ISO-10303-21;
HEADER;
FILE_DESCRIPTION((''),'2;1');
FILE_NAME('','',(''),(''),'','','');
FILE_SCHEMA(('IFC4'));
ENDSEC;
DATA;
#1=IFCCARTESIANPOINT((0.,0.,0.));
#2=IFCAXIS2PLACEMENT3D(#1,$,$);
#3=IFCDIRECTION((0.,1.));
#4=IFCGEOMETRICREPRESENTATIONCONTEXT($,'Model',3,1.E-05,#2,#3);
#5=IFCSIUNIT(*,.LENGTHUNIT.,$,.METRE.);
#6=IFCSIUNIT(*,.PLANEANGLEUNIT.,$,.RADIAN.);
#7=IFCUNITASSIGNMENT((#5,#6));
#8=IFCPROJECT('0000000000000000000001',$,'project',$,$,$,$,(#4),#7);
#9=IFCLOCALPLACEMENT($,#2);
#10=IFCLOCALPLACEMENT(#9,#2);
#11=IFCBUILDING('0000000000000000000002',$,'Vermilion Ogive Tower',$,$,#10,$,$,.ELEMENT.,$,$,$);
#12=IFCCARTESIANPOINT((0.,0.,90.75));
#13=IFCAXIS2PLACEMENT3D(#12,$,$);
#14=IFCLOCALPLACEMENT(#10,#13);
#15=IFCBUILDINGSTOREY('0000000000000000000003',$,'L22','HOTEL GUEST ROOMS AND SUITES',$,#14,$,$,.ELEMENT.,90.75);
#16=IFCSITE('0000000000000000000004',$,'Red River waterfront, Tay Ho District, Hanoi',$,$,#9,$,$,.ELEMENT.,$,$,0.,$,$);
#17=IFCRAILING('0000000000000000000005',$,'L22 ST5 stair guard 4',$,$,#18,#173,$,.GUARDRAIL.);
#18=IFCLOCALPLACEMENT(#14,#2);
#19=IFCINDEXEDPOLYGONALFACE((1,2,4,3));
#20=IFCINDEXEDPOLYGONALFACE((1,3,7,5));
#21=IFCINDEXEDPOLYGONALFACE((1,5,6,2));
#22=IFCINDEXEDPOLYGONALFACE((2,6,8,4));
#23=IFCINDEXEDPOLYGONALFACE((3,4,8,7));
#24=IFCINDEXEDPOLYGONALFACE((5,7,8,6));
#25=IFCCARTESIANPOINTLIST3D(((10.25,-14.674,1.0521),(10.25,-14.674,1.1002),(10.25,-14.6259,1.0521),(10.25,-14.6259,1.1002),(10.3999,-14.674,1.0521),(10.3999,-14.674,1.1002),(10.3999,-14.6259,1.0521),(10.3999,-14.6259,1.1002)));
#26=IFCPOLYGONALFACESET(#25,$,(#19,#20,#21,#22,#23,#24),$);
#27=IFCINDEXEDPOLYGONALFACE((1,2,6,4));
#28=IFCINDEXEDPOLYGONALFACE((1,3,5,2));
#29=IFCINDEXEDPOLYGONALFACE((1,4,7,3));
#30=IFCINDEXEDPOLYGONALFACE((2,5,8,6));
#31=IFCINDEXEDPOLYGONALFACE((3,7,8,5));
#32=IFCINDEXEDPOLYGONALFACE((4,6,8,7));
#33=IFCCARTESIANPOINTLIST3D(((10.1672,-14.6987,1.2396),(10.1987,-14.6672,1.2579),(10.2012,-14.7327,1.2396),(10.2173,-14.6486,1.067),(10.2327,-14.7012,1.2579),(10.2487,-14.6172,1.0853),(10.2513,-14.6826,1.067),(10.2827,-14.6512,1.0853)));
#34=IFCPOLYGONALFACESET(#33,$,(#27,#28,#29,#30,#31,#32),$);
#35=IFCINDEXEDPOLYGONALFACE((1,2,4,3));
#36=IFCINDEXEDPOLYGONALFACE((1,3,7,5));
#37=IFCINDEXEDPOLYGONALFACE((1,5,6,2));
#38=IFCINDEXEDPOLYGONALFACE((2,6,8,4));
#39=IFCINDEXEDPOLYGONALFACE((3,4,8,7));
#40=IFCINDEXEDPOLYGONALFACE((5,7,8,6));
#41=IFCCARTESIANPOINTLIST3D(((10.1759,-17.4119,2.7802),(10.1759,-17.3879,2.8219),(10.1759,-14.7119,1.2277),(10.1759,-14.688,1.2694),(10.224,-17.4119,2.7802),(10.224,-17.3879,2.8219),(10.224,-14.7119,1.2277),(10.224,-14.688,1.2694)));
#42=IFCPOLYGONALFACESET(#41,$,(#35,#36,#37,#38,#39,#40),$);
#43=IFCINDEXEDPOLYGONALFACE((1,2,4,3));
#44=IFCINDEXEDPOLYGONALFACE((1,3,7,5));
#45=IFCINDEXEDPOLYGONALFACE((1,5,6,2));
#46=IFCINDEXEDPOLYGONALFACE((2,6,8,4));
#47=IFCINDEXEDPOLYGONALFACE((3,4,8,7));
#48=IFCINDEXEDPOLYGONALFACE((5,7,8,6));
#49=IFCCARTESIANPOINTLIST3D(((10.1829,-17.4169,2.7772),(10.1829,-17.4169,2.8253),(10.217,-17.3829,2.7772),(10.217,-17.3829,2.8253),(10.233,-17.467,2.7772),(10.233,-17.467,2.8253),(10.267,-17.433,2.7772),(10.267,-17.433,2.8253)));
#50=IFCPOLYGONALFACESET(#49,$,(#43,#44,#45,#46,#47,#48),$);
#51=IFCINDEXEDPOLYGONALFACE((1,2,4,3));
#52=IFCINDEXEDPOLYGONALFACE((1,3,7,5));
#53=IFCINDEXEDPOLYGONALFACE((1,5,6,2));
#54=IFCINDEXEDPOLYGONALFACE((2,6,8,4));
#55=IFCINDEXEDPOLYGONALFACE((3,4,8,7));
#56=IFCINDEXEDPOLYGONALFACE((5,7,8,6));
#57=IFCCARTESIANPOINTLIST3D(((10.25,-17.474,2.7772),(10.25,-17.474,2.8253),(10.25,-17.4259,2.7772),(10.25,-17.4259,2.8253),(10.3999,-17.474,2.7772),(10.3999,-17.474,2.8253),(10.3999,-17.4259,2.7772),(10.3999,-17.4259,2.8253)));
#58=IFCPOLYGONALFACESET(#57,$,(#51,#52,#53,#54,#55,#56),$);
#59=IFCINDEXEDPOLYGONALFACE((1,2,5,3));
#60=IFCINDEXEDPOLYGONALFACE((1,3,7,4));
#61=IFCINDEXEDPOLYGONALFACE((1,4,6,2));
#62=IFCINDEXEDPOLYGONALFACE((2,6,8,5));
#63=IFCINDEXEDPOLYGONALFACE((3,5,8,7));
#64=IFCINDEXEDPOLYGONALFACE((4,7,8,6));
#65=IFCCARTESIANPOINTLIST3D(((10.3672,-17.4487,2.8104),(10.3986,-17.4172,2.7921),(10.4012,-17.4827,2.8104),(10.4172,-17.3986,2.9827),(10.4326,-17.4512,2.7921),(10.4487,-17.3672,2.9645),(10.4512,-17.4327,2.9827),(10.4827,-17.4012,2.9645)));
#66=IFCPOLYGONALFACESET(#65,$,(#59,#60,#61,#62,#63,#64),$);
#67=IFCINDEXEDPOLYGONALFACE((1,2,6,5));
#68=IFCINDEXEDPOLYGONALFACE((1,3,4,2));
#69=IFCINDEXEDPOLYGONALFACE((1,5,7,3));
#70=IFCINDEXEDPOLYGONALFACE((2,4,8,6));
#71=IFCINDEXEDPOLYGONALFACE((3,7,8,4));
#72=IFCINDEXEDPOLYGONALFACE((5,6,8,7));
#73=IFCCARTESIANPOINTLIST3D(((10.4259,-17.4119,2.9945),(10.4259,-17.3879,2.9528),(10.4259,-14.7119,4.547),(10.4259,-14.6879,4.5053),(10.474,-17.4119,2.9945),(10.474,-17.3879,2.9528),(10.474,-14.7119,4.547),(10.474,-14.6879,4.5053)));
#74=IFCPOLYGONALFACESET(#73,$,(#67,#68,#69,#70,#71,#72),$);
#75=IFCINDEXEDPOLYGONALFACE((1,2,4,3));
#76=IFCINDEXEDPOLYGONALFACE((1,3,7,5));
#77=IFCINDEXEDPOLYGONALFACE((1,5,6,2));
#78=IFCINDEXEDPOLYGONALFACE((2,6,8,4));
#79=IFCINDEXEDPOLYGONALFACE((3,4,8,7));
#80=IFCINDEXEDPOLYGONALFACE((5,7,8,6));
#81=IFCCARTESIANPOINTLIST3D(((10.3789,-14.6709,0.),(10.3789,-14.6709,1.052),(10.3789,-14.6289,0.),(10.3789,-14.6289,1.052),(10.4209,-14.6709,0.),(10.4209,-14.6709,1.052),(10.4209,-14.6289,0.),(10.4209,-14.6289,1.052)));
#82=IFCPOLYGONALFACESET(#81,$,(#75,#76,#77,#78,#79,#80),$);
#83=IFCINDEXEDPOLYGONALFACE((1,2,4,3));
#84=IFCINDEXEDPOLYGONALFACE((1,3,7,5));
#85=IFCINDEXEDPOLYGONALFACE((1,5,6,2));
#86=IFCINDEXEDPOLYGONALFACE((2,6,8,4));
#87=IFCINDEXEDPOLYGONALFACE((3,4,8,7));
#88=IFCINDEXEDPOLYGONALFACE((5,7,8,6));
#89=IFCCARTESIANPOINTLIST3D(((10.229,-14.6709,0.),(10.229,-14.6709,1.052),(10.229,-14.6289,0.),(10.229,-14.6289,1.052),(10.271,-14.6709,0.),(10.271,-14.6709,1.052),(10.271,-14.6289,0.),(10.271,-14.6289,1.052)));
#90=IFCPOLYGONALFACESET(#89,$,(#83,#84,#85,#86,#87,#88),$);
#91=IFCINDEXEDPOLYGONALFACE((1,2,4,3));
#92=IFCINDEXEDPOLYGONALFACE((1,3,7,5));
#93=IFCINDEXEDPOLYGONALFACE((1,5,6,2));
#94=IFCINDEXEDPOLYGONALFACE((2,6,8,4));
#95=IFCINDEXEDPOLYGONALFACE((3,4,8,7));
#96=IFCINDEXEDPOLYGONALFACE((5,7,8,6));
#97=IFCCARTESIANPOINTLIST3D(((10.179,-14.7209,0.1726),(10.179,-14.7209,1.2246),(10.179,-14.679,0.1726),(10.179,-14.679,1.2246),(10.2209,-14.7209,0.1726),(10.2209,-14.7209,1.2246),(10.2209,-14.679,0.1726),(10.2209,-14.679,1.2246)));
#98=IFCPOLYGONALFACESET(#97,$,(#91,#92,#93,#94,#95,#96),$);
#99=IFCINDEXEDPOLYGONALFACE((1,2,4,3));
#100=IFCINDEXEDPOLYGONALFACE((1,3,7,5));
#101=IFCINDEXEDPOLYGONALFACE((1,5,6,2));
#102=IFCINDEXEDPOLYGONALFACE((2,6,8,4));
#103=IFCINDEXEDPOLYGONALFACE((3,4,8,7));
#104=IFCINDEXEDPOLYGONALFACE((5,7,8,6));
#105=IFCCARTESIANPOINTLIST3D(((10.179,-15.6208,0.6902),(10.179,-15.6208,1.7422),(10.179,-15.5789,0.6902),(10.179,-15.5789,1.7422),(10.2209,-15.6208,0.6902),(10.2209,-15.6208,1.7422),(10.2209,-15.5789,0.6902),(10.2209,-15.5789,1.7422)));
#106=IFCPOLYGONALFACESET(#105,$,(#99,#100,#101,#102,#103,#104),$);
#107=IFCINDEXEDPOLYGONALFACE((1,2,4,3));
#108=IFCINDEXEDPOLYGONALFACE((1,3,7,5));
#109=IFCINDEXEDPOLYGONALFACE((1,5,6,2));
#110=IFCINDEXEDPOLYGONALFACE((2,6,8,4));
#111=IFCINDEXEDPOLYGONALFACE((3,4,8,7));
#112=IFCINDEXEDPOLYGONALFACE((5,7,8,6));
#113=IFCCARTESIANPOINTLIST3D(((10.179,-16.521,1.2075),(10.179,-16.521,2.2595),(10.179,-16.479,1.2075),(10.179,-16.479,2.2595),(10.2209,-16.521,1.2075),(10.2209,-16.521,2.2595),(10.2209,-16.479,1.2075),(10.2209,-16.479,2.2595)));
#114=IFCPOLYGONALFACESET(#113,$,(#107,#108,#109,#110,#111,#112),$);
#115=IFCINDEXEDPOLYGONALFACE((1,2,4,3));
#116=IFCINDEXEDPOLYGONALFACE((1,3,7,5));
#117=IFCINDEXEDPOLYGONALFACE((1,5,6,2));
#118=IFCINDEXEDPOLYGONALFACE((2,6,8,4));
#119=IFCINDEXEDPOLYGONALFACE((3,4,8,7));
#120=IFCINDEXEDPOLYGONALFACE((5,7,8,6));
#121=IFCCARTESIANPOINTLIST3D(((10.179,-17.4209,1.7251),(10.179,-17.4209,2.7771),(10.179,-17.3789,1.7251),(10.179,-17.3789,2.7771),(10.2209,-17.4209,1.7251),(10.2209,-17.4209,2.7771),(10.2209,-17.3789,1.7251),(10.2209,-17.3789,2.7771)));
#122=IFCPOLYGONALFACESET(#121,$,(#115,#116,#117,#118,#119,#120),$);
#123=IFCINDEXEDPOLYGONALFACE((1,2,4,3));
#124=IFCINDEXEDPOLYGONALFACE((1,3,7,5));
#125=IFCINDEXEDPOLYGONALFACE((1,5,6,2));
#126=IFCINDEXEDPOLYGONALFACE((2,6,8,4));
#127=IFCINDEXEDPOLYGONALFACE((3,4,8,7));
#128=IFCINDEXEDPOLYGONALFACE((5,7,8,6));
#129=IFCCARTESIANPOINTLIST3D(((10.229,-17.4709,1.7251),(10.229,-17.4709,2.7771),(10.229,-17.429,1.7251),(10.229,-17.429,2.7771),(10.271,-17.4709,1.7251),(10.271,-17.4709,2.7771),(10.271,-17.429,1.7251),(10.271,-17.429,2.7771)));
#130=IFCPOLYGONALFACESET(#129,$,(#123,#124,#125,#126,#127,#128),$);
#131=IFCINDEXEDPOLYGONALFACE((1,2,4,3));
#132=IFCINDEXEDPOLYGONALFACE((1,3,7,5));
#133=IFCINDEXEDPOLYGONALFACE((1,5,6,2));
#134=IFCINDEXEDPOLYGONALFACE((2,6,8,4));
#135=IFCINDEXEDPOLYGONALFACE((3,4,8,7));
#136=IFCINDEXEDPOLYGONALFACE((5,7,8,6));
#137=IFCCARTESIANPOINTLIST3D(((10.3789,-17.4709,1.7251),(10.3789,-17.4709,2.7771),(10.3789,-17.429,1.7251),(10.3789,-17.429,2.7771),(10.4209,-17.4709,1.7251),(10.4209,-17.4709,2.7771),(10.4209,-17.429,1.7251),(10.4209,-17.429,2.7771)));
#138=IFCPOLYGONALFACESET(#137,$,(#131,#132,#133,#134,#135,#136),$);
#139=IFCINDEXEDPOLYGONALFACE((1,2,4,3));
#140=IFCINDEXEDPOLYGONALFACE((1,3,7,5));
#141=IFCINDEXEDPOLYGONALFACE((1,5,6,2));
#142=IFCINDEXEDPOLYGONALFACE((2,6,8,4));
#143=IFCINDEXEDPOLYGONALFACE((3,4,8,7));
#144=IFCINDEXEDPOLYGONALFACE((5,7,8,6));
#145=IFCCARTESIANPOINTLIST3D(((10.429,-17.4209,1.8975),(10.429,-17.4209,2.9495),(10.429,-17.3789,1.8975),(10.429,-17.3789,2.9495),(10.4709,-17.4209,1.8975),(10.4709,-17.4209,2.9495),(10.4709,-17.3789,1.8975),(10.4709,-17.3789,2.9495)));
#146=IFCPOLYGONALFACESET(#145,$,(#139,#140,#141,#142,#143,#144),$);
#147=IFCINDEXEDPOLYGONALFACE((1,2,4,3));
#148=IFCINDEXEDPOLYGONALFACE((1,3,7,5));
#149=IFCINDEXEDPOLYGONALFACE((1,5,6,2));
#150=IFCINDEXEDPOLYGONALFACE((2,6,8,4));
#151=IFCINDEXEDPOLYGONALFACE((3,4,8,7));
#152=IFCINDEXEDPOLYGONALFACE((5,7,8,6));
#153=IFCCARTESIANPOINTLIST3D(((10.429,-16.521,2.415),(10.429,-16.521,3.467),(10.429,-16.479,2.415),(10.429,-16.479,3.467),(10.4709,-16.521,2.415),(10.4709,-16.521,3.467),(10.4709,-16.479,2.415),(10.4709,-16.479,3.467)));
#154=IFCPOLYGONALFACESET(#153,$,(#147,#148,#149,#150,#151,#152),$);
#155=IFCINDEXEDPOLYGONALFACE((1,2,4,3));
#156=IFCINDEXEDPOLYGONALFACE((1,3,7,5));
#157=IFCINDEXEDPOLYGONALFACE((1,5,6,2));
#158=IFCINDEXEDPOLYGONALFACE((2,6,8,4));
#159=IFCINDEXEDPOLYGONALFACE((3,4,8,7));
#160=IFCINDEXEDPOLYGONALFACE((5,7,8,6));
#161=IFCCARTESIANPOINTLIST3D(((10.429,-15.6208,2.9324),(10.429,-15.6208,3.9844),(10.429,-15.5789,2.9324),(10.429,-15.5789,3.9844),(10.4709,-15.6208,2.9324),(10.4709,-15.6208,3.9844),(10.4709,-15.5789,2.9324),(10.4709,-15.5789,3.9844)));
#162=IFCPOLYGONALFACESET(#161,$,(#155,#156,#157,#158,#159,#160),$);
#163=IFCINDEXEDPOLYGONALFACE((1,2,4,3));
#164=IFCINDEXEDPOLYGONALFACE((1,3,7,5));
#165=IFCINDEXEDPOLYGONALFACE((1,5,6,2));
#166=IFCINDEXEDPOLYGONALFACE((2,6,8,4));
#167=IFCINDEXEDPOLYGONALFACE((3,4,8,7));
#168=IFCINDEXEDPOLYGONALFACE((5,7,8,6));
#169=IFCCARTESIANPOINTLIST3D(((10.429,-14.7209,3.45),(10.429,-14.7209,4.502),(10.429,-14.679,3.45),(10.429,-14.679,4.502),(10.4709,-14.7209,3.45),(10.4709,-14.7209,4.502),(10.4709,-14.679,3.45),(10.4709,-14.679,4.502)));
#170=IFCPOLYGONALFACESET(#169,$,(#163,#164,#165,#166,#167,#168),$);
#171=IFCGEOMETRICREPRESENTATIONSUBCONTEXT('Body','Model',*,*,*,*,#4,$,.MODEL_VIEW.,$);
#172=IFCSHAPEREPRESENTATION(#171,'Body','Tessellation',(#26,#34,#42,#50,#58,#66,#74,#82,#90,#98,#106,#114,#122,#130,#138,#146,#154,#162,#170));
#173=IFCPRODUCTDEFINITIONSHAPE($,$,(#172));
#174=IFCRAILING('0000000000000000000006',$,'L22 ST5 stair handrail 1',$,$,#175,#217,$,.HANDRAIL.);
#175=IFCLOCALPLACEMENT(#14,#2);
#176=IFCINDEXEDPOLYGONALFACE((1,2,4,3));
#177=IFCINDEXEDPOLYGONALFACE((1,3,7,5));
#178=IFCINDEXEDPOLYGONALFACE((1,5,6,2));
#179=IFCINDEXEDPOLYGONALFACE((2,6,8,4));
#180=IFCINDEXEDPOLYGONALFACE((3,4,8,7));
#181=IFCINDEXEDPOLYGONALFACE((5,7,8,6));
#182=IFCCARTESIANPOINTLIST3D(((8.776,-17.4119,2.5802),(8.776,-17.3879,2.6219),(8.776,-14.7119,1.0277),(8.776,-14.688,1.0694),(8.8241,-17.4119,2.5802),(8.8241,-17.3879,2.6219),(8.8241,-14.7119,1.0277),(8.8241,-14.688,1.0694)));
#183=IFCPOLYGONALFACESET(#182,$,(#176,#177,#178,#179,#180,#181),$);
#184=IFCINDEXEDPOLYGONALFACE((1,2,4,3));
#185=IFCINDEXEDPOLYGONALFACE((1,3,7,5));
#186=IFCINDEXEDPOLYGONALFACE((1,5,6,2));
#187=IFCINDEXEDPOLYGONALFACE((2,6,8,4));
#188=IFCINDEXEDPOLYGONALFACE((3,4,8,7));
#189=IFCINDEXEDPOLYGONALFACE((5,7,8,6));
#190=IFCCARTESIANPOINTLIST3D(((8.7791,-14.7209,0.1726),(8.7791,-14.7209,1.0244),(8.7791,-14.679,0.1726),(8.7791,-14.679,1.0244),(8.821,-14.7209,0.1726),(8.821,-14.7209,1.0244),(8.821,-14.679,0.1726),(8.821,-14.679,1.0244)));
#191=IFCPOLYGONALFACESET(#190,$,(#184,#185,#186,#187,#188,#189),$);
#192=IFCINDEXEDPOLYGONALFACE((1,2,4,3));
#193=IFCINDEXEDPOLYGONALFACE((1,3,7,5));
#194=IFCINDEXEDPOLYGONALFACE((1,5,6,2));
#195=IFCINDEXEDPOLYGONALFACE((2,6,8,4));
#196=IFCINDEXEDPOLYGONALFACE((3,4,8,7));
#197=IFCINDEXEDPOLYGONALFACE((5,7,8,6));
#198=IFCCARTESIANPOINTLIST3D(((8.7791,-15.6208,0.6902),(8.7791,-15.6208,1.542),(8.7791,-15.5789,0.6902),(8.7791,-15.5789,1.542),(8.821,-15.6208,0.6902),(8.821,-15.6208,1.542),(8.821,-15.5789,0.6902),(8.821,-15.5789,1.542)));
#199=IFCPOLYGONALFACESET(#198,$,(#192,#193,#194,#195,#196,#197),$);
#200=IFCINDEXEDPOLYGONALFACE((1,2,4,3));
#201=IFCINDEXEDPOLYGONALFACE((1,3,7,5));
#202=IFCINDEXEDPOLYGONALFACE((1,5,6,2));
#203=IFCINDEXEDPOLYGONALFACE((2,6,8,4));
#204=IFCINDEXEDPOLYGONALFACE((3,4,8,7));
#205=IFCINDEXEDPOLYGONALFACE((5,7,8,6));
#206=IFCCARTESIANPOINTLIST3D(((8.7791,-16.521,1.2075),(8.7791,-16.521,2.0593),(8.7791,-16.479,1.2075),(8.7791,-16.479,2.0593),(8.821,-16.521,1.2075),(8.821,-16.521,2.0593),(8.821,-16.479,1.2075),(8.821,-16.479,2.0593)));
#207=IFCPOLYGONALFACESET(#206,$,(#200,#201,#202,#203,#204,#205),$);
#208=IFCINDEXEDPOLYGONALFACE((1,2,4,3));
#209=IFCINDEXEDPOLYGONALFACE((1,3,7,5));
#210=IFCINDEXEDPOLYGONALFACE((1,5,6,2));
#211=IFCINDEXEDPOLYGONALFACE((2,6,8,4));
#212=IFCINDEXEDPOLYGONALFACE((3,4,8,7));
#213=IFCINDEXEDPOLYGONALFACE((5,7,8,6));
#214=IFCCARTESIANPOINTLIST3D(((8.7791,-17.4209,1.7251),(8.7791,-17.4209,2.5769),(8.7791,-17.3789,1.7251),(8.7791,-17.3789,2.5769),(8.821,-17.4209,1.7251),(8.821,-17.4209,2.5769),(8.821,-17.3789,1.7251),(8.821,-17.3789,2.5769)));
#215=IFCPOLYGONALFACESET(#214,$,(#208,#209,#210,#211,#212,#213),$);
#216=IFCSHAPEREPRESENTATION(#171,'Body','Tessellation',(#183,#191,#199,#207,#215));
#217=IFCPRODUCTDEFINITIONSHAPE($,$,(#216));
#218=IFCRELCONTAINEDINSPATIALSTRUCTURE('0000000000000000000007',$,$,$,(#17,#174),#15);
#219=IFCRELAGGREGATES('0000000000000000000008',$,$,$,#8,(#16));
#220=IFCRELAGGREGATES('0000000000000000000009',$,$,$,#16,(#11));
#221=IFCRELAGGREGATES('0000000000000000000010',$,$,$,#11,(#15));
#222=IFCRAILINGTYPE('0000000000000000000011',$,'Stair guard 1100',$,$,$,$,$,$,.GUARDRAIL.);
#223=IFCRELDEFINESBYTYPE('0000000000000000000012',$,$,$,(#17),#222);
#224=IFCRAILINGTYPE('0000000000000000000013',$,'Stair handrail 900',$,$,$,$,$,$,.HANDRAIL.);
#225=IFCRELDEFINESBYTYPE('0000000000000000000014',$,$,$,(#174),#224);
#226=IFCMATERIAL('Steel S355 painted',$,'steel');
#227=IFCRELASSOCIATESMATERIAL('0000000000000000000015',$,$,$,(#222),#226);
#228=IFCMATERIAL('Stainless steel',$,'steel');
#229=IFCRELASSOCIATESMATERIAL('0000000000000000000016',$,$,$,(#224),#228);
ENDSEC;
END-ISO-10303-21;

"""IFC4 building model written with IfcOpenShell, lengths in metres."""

from ifc_helpers import new_model, si_unit, direction, frame, origin, origin_2d, place, context, subcontext, project, spatial, rectangle, extrude, material, type_object, element, save


model = new_model("IFC4")

# Units and contexts
model_context = context("Model", 3, precision=1e-05, world=origin(), true_north=direction((0.0, 1.0)))
body_context = subcontext(model_context, "Body", "Model", "MODEL_VIEW")
ifc_project = project(units=[si_unit("LENGTHUNIT", "METRE"), si_unit("PLANEANGLEUNIT", "RADIAN")], contexts=[model_context])

# Site, building, storey
site_placement = place(None, origin())
site = spatial("IfcSite", under=ifc_project, at=site_placement, Name="Red River waterfront, Tay Ho District, Hanoi", CompositionType="ELEMENT", RefElevation=0.0)
building_placement = place(site_placement, origin())
building = spatial("IfcBuilding", under=site, at=building_placement, Name="Vermilion Ogive Tower", CompositionType="ELEMENT")
storey_placement = place(building_placement, frame((0.0, 0.0, 90.75)))
storey = spatial("IfcBuildingStorey", under=building, at=storey_placement, Name="L22", Description="HOTEL GUEST ROOMS AND SUITES", CompositionType="ELEMENT", Elevation=90.75)

# Railings
ifc_material_1 = material(Name="Steel S355 painted", Category="steel")
railing_type_1 = type_object("IfcRailingType", Name="Stair guard 1100", PredefinedType="GUARDRAIL", material=ifc_material_1)
railing_1_placement = place(storey_placement, frame((10.3999, -14.6499, 0.0)))
element("IfcRailing", 1, at=railing_1_placement, inside=storey, type_object=railing_type_1, Name="L22 ST5 stair guard 4", PredefinedType="GUARDRAIL", context=body_context, shape_type="SweptSolid", body=[
    extrude(rectangle(XDim=0.0481, YDim=0.0481, at=origin_2d()), frame((0.0, 0.0, 1.0762), z_axis=(-1.0, 0.0, 0.0), x_axis=(0.0, -1.0, 0.0)), (0.0, 0.0, 1.0), 0.1499),
    extrude(rectangle(XDim=0.0481, YDim=0.0481, at=origin_2d()), frame((-0.1499, 0.0, 1.0762), z_axis=(-0.268278, -0.268278, 0.925232), x_axis=(0.707107, -0.707107, 0.0)), (0.0, 0.0, 1.0), 0.1865),
    extrude(rectangle(XDim=0.0481, YDim=0.0481, at=origin_2d()), frame((-0.2, -0.05, 1.2485), z_axis=(0.0, -0.866904, 0.498476), x_axis=(1.0, 0.0, 0.0)), (0.0, 0.0, 1.0), 3.1145),
    extrude(rectangle(XDim=0.0481, YDim=0.0481, at=origin_2d()), frame((-0.2, -2.75, 2.8013), z_axis=(0.707107, -0.707107, 0.0), x_axis=(0.707107, 0.707107, 0.0)), (0.0, 0.0, 1.0), 0.0708),
    extrude(rectangle(XDim=0.0481, YDim=0.0481, at=origin_2d()), frame((-0.1499, -2.8, 2.8013), z_axis=(1.0, 0.0, 0.0), x_axis=(0.0, 1.0, 0.0)), (0.0, 0.0, 1.0), 0.1499),
    extrude(rectangle(XDim=0.0481, YDim=0.0481, at=origin_2d()), frame((0.0, -2.8, 2.8013), z_axis=(0.268603, 0.268603, 0.925043), x_axis=(-0.707107, 0.707107, 0.0)), (0.0, 0.0, 1.0), 0.1863),
    extrude(rectangle(XDim=0.0481, YDim=0.0481, at=origin_2d()), frame((0.05, -2.75, 2.9736), z_axis=(0.0, 0.866904, 0.498476), x_axis=(-1.0, 0.0, 0.0)), (0.0, 0.0, 1.0), 3.1145),
    extrude(rectangle(XDim=0.042, YDim=0.042, at=origin_2d()), origin(), (0.0, 0.0, 1.0), 1.052),
    extrude(rectangle(XDim=0.042, YDim=0.042, at=origin_2d()), frame((-0.1499, 0.0, 0.0)), (0.0, 0.0, 1.0), 1.052),
    extrude(rectangle(XDim=0.042, YDim=0.042, at=origin_2d()), frame((-0.2, -0.05, 0.1726)), (0.0, 0.0, 1.0), 1.052),
    extrude(rectangle(XDim=0.042, YDim=0.042, at=origin_2d()), frame((-0.2, -0.95, 0.6902)), (0.0, 0.0, 1.0), 1.052),
    extrude(rectangle(XDim=0.042, YDim=0.042, at=origin_2d()), frame((-0.2, -1.8501, 1.2075)), (0.0, 0.0, 1.0), 1.052),
    extrude(rectangle(XDim=0.042, YDim=0.042, at=origin_2d()), frame((-0.2, -2.75, 1.7251)), (0.0, 0.0, 1.0), 1.052),
    extrude(rectangle(XDim=0.042, YDim=0.042, at=origin_2d()), frame((-0.1499, -2.8, 1.7251)), (0.0, 0.0, 1.0), 1.052),
    extrude(rectangle(XDim=0.042, YDim=0.042, at=origin_2d()), frame((0.0, -2.8, 1.7251)), (0.0, 0.0, 1.0), 1.052),
    extrude(rectangle(XDim=0.042, YDim=0.042, at=origin_2d()), frame((0.05, -2.75, 1.8975)), (0.0, 0.0, 1.0), 1.052),
    extrude(rectangle(XDim=0.042, YDim=0.042, at=origin_2d()), frame((0.05, -1.8501, 2.415)), (0.0, 0.0, 1.0), 1.052),
    extrude(rectangle(XDim=0.042, YDim=0.042, at=origin_2d()), frame((0.05, -0.95, 2.9324)), (0.0, 0.0, 1.0), 1.052),
    extrude(rectangle(XDim=0.042, YDim=0.042, at=origin_2d()), frame((0.05, -0.05, 3.45)), (0.0, 0.0, 1.0), 1.052),
])
ifc_material_2 = material(Name="Stainless steel", Category="steel")
railing_type_2 = type_object("IfcRailingType", Name="Stair handrail 900", PredefinedType="HANDRAIL", material=ifc_material_2)
railing_2_placement = place(storey_placement, frame((8.8, -14.7, 0.1726)))
element("IfcRailing", 2, at=railing_2_placement, inside=storey, type_object=railing_type_2, Name="L22 ST5 stair handrail 1", PredefinedType="HANDRAIL", context=body_context, shape_type="SweptSolid", body=[
    extrude(rectangle(XDim=0.0481, YDim=0.0481, at=origin_2d()), frame((0.0, 0.0, 0.876), z_axis=(0.0, -0.866904, 0.498476), x_axis=(1.0, 0.0, 0.0)), (0.0, 0.0, 1.0), 3.1145),
    extrude(rectangle(XDim=0.042, YDim=0.042, at=origin_2d()), origin(), (0.0, 0.0, 1.0), 0.8518),
    extrude(rectangle(XDim=0.042, YDim=0.042, at=origin_2d()), frame((0.0, -0.8999, 0.5176)), (0.0, 0.0, 1.0), 0.8518),
    extrude(rectangle(XDim=0.042, YDim=0.042, at=origin_2d()), frame((0.0, -1.8, 1.0349)), (0.0, 0.0, 1.0), 0.8518),
    extrude(rectangle(XDim=0.042, YDim=0.042, at=origin_2d()), frame((0.0, -2.7, 1.5525)), (0.0, 0.0, 1.0), 0.8518),
])

save(model, "model.ifc")
